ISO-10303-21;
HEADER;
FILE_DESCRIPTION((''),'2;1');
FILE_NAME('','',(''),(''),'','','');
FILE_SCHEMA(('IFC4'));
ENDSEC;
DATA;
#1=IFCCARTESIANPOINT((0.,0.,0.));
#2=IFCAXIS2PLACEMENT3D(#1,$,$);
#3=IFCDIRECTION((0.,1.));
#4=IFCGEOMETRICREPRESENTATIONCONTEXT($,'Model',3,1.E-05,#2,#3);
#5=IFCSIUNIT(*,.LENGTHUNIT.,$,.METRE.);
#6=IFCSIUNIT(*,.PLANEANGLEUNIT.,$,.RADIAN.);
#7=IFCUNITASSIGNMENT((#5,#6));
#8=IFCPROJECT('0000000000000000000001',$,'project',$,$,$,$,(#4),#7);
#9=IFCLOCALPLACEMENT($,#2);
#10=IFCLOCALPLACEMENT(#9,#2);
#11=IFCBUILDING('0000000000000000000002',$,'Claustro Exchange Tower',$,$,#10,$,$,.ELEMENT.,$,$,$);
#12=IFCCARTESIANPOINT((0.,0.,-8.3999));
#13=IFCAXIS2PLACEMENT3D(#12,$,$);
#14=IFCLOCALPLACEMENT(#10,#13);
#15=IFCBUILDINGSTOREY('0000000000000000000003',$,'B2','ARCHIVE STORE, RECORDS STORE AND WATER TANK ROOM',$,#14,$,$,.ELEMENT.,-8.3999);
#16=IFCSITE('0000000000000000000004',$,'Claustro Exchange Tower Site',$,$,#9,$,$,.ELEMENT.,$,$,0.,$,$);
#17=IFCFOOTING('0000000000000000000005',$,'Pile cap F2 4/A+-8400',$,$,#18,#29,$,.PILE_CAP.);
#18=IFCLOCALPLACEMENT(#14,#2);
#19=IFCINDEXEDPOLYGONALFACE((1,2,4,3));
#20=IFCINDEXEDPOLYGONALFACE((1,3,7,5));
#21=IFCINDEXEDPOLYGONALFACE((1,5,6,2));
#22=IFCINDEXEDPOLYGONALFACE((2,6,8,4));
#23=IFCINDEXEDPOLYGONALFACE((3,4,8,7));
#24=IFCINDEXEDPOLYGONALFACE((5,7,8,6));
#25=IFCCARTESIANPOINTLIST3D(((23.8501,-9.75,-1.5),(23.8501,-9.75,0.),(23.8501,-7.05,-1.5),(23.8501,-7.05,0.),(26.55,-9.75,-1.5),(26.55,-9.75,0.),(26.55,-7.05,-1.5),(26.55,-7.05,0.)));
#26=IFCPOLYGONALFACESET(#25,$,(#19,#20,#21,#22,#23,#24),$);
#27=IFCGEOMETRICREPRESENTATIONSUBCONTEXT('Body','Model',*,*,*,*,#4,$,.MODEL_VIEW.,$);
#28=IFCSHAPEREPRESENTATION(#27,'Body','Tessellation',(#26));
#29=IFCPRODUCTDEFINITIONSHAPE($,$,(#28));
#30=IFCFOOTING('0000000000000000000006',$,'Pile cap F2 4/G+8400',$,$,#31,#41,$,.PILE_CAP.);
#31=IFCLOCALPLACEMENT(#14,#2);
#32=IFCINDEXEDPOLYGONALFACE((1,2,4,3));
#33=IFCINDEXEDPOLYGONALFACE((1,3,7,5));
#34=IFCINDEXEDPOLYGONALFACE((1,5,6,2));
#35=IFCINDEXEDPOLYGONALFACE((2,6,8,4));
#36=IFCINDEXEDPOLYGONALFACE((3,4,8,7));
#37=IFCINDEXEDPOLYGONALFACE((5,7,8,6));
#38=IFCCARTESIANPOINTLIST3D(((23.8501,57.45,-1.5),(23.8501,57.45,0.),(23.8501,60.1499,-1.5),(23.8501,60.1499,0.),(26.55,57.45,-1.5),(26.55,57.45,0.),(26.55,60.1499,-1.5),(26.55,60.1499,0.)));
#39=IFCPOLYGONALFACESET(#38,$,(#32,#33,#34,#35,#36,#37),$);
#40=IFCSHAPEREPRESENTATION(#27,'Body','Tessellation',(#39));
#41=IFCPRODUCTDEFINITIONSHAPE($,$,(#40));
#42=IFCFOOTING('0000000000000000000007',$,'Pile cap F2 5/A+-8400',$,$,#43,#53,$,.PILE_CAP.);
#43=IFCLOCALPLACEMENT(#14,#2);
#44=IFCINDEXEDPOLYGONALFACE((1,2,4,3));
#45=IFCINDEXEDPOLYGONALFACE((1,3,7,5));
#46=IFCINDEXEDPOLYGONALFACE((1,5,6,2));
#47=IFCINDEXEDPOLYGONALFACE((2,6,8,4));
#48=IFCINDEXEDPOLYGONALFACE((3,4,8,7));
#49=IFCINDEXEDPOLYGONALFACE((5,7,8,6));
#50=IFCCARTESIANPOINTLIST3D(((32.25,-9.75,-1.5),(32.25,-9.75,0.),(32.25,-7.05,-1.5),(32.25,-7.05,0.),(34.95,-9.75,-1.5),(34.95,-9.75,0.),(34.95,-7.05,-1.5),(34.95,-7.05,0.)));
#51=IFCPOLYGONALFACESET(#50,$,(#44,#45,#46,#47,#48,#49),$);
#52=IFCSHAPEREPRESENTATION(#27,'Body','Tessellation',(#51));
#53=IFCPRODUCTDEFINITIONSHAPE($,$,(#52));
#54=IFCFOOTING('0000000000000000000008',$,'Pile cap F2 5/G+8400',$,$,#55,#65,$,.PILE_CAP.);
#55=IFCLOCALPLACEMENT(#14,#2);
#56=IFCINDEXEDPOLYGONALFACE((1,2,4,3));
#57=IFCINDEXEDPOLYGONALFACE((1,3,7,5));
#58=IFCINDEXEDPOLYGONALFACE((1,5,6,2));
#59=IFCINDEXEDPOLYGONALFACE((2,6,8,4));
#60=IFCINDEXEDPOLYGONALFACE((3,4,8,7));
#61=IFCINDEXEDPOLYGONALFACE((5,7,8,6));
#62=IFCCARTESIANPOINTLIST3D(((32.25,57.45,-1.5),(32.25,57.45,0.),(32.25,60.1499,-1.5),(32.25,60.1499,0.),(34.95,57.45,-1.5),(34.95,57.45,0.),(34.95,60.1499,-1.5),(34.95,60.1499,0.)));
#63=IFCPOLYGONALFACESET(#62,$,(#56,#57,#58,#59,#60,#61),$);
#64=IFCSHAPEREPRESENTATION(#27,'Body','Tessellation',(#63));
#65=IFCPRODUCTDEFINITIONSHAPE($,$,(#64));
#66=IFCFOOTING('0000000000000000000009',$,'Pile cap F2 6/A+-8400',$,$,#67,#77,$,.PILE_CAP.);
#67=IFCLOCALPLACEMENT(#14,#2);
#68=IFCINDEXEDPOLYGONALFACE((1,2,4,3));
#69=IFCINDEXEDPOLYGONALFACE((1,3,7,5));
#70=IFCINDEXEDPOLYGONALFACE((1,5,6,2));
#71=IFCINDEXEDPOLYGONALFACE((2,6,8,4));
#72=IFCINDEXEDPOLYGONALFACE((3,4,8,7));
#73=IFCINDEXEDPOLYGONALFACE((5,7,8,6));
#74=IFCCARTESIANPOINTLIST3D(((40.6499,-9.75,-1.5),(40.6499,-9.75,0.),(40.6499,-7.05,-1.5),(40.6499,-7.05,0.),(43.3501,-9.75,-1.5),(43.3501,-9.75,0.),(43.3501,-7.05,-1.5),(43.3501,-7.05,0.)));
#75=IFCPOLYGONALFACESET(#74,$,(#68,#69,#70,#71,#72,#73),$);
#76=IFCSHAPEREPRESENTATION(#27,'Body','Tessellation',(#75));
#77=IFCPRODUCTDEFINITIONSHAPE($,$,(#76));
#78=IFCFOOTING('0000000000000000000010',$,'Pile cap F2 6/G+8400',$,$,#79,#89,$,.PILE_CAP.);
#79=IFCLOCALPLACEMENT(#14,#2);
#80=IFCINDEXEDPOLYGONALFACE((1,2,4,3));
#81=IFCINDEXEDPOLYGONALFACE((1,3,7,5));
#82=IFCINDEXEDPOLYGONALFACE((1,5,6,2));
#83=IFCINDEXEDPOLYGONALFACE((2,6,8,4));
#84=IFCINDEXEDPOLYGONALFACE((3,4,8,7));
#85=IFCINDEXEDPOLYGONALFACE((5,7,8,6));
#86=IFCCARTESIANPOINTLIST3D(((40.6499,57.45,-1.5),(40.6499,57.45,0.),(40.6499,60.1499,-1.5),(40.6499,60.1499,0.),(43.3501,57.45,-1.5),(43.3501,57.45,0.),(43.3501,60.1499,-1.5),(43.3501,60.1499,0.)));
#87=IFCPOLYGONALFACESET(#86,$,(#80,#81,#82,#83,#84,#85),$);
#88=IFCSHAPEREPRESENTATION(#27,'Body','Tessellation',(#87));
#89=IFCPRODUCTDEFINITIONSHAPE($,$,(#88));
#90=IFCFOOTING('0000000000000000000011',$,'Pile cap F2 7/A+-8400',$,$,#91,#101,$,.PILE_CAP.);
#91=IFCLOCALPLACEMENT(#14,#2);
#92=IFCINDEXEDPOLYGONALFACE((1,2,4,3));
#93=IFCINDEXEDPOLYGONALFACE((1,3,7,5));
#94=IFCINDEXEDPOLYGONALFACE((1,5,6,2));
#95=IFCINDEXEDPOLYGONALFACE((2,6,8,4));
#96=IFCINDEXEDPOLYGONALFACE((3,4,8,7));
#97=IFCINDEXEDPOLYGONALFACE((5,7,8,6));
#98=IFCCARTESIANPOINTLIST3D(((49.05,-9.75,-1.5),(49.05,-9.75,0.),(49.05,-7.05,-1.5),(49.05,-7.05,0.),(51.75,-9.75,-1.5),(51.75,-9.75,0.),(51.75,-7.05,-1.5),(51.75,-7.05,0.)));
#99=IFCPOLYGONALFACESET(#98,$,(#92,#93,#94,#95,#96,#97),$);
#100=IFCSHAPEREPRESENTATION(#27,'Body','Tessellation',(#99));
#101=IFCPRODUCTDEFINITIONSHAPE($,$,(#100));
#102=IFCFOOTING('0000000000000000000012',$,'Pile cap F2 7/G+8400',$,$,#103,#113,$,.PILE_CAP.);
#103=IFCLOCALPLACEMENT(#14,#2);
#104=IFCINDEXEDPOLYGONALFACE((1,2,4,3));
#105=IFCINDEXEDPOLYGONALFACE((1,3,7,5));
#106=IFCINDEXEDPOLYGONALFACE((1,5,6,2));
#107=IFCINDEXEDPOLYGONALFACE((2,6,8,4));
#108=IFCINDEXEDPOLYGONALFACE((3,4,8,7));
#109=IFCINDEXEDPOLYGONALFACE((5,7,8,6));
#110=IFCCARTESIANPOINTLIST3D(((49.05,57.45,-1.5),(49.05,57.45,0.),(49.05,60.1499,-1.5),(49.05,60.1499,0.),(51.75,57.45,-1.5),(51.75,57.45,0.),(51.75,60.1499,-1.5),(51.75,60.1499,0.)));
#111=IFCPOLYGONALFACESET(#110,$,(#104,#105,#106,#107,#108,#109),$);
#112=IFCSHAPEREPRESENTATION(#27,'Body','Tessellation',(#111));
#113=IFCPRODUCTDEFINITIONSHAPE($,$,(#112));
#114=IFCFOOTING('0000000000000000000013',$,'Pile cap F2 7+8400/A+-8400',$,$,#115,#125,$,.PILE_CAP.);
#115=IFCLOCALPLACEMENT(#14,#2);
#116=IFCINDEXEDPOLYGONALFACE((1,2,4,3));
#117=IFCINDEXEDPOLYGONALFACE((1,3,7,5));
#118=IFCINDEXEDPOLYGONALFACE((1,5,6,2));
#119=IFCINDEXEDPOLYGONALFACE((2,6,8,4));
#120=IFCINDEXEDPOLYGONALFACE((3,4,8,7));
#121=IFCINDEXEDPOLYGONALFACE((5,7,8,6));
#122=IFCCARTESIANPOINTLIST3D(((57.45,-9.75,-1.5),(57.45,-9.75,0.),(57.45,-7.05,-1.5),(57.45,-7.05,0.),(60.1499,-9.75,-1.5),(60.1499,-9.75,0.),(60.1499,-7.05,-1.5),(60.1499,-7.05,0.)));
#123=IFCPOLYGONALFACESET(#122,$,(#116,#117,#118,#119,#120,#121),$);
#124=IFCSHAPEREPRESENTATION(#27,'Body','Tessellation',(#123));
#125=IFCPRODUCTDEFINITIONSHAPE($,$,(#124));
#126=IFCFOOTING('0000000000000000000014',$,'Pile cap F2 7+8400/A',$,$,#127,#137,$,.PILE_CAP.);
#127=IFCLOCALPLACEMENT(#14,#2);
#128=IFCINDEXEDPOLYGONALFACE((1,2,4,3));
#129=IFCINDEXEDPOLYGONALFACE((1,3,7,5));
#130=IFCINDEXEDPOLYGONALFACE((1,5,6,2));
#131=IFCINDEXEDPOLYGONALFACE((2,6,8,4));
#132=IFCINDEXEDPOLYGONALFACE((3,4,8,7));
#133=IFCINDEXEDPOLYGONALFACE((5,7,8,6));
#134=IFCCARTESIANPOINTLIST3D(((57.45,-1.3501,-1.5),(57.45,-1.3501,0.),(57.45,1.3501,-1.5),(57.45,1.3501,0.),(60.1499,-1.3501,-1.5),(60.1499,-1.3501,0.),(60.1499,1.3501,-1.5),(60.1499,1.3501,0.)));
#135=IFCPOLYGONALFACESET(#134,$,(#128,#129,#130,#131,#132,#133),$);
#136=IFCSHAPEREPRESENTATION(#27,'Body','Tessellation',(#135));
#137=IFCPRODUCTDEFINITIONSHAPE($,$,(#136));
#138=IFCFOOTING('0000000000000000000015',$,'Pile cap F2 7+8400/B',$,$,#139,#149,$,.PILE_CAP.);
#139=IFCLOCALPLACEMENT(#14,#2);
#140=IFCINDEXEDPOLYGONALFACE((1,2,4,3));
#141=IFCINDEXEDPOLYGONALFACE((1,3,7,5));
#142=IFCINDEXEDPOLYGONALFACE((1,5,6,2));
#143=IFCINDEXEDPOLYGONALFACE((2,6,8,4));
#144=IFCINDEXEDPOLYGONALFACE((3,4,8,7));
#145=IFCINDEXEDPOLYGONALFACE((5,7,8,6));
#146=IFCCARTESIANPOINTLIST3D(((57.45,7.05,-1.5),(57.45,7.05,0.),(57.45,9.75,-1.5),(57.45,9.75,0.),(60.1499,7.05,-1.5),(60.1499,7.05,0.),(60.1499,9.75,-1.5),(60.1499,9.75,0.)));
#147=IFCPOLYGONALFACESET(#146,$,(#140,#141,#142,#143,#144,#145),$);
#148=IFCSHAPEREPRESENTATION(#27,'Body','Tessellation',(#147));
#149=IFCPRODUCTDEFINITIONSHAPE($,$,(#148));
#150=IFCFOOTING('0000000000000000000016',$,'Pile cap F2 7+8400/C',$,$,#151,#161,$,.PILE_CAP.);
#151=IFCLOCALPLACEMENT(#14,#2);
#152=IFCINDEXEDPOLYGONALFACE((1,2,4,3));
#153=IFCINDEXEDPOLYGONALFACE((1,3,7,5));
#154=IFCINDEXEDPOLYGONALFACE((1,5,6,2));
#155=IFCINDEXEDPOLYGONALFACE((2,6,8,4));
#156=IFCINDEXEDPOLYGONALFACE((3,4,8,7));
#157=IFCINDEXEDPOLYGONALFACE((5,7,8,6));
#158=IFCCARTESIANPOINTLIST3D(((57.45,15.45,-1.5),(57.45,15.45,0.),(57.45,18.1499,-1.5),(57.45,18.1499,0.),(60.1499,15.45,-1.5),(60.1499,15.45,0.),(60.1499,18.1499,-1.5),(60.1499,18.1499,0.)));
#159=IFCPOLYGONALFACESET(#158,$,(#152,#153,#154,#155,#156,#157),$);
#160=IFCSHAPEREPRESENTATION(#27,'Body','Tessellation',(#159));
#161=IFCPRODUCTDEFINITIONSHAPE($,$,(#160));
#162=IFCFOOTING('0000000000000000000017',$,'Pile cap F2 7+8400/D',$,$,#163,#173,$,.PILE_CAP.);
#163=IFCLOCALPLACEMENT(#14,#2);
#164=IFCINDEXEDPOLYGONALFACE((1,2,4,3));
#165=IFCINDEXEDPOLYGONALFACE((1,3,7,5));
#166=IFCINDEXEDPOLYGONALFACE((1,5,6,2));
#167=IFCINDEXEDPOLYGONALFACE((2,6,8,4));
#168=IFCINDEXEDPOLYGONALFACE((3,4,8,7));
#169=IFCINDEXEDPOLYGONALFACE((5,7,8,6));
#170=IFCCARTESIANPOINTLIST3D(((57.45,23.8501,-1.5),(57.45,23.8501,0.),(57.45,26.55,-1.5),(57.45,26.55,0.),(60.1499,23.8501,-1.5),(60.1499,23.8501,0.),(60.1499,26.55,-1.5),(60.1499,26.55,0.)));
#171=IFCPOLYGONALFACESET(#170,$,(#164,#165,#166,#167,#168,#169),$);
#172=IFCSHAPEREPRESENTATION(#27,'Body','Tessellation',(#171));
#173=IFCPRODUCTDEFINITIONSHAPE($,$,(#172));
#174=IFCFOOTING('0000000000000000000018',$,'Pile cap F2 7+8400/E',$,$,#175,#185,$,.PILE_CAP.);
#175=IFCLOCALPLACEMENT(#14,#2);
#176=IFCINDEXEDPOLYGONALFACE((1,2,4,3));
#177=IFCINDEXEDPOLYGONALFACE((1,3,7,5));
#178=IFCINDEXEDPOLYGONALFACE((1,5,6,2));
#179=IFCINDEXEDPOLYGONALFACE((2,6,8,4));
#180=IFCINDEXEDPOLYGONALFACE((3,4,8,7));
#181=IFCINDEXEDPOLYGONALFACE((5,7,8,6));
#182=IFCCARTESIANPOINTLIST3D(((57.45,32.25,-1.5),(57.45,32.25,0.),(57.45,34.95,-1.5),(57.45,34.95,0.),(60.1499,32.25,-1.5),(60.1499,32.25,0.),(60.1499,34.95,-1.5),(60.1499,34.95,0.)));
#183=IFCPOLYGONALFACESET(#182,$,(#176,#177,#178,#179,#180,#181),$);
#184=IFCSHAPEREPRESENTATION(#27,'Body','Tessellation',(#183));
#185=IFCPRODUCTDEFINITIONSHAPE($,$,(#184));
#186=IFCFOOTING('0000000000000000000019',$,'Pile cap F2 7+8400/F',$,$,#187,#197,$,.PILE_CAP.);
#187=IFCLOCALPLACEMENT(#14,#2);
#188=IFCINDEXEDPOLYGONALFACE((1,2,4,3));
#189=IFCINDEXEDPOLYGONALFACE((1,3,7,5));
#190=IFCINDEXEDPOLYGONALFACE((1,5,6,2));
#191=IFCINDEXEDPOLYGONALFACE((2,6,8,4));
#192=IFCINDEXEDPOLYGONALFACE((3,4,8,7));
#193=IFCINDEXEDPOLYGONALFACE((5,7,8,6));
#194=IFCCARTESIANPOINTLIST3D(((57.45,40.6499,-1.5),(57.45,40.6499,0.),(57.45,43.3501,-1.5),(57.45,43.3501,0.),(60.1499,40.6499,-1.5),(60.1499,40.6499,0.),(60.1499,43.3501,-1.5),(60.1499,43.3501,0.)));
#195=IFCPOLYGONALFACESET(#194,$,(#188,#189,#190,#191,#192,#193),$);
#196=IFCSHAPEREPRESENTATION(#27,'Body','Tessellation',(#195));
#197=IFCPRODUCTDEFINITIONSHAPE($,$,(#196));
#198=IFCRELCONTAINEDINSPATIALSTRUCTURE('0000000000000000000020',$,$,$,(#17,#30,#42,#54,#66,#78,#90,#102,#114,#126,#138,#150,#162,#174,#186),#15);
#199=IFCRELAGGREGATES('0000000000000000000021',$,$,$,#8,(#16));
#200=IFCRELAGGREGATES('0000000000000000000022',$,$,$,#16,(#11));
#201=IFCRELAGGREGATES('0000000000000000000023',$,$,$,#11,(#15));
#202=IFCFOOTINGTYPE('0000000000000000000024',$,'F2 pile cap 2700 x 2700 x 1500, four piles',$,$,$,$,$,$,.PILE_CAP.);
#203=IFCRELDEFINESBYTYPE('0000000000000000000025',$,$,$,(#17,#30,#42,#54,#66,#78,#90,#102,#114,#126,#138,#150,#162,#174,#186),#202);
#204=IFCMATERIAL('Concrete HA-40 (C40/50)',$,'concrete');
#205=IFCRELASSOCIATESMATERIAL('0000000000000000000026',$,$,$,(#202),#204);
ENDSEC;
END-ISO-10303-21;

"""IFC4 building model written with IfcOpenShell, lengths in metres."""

from ifc_helpers import new_model, si_unit, direction, frame, origin, place, context, subcontext, project, spatial, polyline, outline, extrude, material, type_object, element, save


model = new_model("IFC4")

# Units and contexts
model_context = context("Model", 3, precision=1e-05, world=origin(), true_north=direction((0.0, 1.0)))
body_context = subcontext(model_context, "Body", "Model", "MODEL_VIEW")
ifc_project = project(units=[si_unit("LENGTHUNIT", "METRE"), si_unit("PLANEANGLEUNIT", "RADIAN")], contexts=[model_context])

# Site, building, storey
site_placement = place(None, origin())
site = spatial("IfcSite", under=ifc_project, at=site_placement, Name="Claustro Exchange Tower Site", CompositionType="ELEMENT", RefElevation=0.0)
building_placement = place(site_placement, origin())
building = spatial("IfcBuilding", under=site, at=building_placement, Name="Claustro Exchange Tower", CompositionType="ELEMENT")
storey_placement = place(building_placement, frame((0.0, 0.0, -8.3999)))
storey = spatial("IfcBuildingStorey", under=building, at=storey_placement, Name="B2", Description="ARCHIVE STORE, RECORDS STORE AND WATER TANK ROOM", CompositionType="ELEMENT", Elevation=-8.3999)

# Footings
ifc_material_1 = material(Name="Concrete HA-40 (C40/50)", Category="concrete")
footing_type = type_object("IfcFootingType", Name="F2 pile cap 2700 x 2700 x 1500, four piles", PredefinedType="PILE_CAP", material=ifc_material_1)
footing_1_placement = place(storey_placement, frame((0.0, 0.0, -1.5)))
element("IfcFooting", 1, at=footing_1_placement, inside=storey, type_object=footing_type, Name="Pile cap F2 4/A+-8400", PredefinedType="PILE_CAP", context=body_context, shape_type="SweptSolid", body=[
    extrude(outline(polyline([(26.55, -9.75), (26.55, -7.05), (23.8501, -7.05), (23.8501, -9.75), (26.55, -9.75)])), origin(), (0.0, 0.0, 1.0), 1.5),
])
footing_2_placement = place(storey_placement, frame((0.0, 0.0, -1.5)))
element("IfcFooting", 2, at=footing_2_placement, inside=storey, type_object=footing_type, Name="Pile cap F2 4/G+8400", PredefinedType="PILE_CAP", context=body_context, shape_type="SweptSolid", body=[
    extrude(outline(polyline([(26.55, 57.45), (26.55, 60.1499), (23.8501, 60.1499), (23.8501, 57.45), (26.55, 57.45)])), origin(), (0.0, 0.0, 1.0), 1.5),
])
footing_3_placement = place(storey_placement, frame((0.0, 0.0, -1.5)))
element("IfcFooting", 3, at=footing_3_placement, inside=storey, type_object=footing_type, Name="Pile cap F2 5/A+-8400", PredefinedType="PILE_CAP", context=body_context, shape_type="SweptSolid", body=[
    extrude(outline(polyline([(34.95, -9.75), (34.95, -7.05), (32.25, -7.05), (32.25, -9.75), (34.95, -9.75)])), origin(), (0.0, 0.0, 1.0), 1.5),
])
footing_4_placement = place(storey_placement, frame((0.0, 0.0, -1.5)))
element("IfcFooting", 4, at=footing_4_placement, inside=storey, type_object=footing_type, Name="Pile cap F2 5/G+8400", PredefinedType="PILE_CAP", context=body_context, shape_type="SweptSolid", body=[
    extrude(outline(polyline([(34.95, 57.45), (34.95, 60.1499), (32.25, 60.1499), (32.25, 57.45), (34.95, 57.45)])), origin(), (0.0, 0.0, 1.0), 1.5),
])
footing_5_placement = place(storey_placement, frame((0.0, 0.0, -1.5)))
element("IfcFooting", 5, at=footing_5_placement, inside=storey, type_object=footing_type, Name="Pile cap F2 6/A+-8400", PredefinedType="PILE_CAP", context=body_context, shape_type="SweptSolid", body=[
    extrude(outline(polyline([(43.3501, -9.75), (43.3501, -7.05), (40.6499, -7.05), (40.6499, -9.75), (43.3501, -9.75)])), origin(), (0.0, 0.0, 1.0), 1.5),
])
footing_6_placement = place(storey_placement, frame((0.0, 0.0, -1.5)))
element("IfcFooting", 6, at=footing_6_placement, inside=storey, type_object=footing_type, Name="Pile cap F2 6/G+8400", PredefinedType="PILE_CAP", context=body_context, shape_type="SweptSolid", body=[
    extrude(outline(polyline([(43.3501, 57.45), (43.3501, 60.1499), (40.6499, 60.1499), (40.6499, 57.45), (43.3501, 57.45)])), origin(), (0.0, 0.0, 1.0), 1.5),
])
footing_7_placement = place(storey_placement, frame((0.0, 0.0, -1.5)))
element("IfcFooting", 7, at=footing_7_placement, inside=storey, type_object=footing_type, Name="Pile cap F2 7/A+-8400", PredefinedType="PILE_CAP", context=body_context, shape_type="SweptSolid", body=[
    extrude(outline(polyline([(51.75, -9.75), (51.75, -7.05), (49.05, -7.05), (49.05, -9.75), (51.75, -9.75)])), origin(), (0.0, 0.0, 1.0), 1.5),
])
footing_8_placement = place(storey_placement, frame((0.0, 0.0, -1.5)))
element("IfcFooting", 8, at=footing_8_placement, inside=storey, type_object=footing_type, Name="Pile cap F2 7/G+8400", PredefinedType="PILE_CAP", context=body_context, shape_type="SweptSolid", body=[
    extrude(outline(polyline([(51.75, 57.45), (51.75, 60.1499), (49.05, 60.1499), (49.05, 57.45), (51.75, 57.45)])), origin(), (0.0, 0.0, 1.0), 1.5),
])
footing_9_placement = place(storey_placement, frame((0.0, 0.0, -1.5)))
element("IfcFooting", 9, at=footing_9_placement, inside=storey, type_object=footing_type, Name="Pile cap F2 7+8400/A+-8400", PredefinedType="PILE_CAP", context=body_context, shape_type="SweptSolid", body=[
    extrude(outline(polyline([(60.1499, -9.75), (60.1499, -7.05), (57.45, -7.05), (57.45, -9.75), (60.1499, -9.75)])), origin(), (0.0, 0.0, 1.0), 1.5),
])
footing_10_placement = place(storey_placement, frame((0.0, 0.0, -1.5)))
element("IfcFooting", 10, at=footing_10_placement, inside=storey, type_object=footing_type, Name="Pile cap F2 7+8400/A", PredefinedType="PILE_CAP", context=body_context, shape_type="SweptSolid", body=[
    extrude(outline(polyline([(60.1499, -1.3501), (60.1499, 1.3501), (57.45, 1.3501), (57.45, -1.3501), (60.1499, -1.3501)])), origin(), (0.0, 0.0, 1.0), 1.5),
])
footing_11_placement = place(storey_placement, frame((0.0, 0.0, -1.5)))
element("IfcFooting", 11, at=footing_11_placement, inside=storey, type_object=footing_type, Name="Pile cap F2 7+8400/B", PredefinedType="PILE_CAP", context=body_context, shape_type="SweptSolid", body=[
    extrude(outline(polyline([(60.1499, 7.05), (60.1499, 9.75), (57.45, 9.75), (57.45, 7.05), (60.1499, 7.05)])), origin(), (0.0, 0.0, 1.0), 1.5),
])
footing_12_placement = place(storey_placement, frame((0.0, 0.0, -1.5)))
element("IfcFooting", 12, at=footing_12_placement, inside=storey, type_object=footing_type, Name="Pile cap F2 7+8400/C", PredefinedType="PILE_CAP", context=body_context, shape_type="SweptSolid", body=[
    extrude(outline(polyline([(60.1499, 15.45), (60.1499, 18.1499), (57.45, 18.1499), (57.45, 15.45), (60.1499, 15.45)])), origin(), (0.0, 0.0, 1.0), 1.5),
])
footing_13_placement = place(storey_placement, frame((0.0, 0.0, -1.5)))
element("IfcFooting", 13, at=footing_13_placement, inside=storey, type_object=footing_type, Name="Pile cap F2 7+8400/D", PredefinedType="PILE_CAP", context=body_context, shape_type="SweptSolid", body=[
    extrude(outline(polyline([(60.1499, 23.8501), (60.1499, 26.55), (57.45, 26.55), (57.45, 23.8501), (60.1499, 23.8501)])), origin(), (0.0, 0.0, 1.0), 1.5),
])
footing_14_placement = place(storey_placement, frame((0.0, 0.0, -1.5)))
element("IfcFooting", 14, at=footing_14_placement, inside=storey, type_object=footing_type, Name="Pile cap F2 7+8400/E", PredefinedType="PILE_CAP", context=body_context, shape_type="SweptSolid", body=[
    extrude(outline(polyline([(60.1499, 32.25), (60.1499, 34.95), (57.45, 34.95), (57.45, 32.25), (60.1499, 32.25)])), origin(), (0.0, 0.0, 1.0), 1.5),
])
footing_15_placement = place(storey_placement, frame((0.0, 0.0, -1.5)))
element("IfcFooting", 15, at=footing_15_placement, inside=storey, type_object=footing_type, Name="Pile cap F2 7+8400/F", PredefinedType="PILE_CAP", context=body_context, shape_type="SweptSolid", body=[
    extrude(outline(polyline([(60.1499, 40.6499), (60.1499, 43.3501), (57.45, 43.3501), (57.45, 40.6499), (60.1499, 40.6499)])), origin(), (0.0, 0.0, 1.0), 1.5),
])

save(model, "model.ifc")
